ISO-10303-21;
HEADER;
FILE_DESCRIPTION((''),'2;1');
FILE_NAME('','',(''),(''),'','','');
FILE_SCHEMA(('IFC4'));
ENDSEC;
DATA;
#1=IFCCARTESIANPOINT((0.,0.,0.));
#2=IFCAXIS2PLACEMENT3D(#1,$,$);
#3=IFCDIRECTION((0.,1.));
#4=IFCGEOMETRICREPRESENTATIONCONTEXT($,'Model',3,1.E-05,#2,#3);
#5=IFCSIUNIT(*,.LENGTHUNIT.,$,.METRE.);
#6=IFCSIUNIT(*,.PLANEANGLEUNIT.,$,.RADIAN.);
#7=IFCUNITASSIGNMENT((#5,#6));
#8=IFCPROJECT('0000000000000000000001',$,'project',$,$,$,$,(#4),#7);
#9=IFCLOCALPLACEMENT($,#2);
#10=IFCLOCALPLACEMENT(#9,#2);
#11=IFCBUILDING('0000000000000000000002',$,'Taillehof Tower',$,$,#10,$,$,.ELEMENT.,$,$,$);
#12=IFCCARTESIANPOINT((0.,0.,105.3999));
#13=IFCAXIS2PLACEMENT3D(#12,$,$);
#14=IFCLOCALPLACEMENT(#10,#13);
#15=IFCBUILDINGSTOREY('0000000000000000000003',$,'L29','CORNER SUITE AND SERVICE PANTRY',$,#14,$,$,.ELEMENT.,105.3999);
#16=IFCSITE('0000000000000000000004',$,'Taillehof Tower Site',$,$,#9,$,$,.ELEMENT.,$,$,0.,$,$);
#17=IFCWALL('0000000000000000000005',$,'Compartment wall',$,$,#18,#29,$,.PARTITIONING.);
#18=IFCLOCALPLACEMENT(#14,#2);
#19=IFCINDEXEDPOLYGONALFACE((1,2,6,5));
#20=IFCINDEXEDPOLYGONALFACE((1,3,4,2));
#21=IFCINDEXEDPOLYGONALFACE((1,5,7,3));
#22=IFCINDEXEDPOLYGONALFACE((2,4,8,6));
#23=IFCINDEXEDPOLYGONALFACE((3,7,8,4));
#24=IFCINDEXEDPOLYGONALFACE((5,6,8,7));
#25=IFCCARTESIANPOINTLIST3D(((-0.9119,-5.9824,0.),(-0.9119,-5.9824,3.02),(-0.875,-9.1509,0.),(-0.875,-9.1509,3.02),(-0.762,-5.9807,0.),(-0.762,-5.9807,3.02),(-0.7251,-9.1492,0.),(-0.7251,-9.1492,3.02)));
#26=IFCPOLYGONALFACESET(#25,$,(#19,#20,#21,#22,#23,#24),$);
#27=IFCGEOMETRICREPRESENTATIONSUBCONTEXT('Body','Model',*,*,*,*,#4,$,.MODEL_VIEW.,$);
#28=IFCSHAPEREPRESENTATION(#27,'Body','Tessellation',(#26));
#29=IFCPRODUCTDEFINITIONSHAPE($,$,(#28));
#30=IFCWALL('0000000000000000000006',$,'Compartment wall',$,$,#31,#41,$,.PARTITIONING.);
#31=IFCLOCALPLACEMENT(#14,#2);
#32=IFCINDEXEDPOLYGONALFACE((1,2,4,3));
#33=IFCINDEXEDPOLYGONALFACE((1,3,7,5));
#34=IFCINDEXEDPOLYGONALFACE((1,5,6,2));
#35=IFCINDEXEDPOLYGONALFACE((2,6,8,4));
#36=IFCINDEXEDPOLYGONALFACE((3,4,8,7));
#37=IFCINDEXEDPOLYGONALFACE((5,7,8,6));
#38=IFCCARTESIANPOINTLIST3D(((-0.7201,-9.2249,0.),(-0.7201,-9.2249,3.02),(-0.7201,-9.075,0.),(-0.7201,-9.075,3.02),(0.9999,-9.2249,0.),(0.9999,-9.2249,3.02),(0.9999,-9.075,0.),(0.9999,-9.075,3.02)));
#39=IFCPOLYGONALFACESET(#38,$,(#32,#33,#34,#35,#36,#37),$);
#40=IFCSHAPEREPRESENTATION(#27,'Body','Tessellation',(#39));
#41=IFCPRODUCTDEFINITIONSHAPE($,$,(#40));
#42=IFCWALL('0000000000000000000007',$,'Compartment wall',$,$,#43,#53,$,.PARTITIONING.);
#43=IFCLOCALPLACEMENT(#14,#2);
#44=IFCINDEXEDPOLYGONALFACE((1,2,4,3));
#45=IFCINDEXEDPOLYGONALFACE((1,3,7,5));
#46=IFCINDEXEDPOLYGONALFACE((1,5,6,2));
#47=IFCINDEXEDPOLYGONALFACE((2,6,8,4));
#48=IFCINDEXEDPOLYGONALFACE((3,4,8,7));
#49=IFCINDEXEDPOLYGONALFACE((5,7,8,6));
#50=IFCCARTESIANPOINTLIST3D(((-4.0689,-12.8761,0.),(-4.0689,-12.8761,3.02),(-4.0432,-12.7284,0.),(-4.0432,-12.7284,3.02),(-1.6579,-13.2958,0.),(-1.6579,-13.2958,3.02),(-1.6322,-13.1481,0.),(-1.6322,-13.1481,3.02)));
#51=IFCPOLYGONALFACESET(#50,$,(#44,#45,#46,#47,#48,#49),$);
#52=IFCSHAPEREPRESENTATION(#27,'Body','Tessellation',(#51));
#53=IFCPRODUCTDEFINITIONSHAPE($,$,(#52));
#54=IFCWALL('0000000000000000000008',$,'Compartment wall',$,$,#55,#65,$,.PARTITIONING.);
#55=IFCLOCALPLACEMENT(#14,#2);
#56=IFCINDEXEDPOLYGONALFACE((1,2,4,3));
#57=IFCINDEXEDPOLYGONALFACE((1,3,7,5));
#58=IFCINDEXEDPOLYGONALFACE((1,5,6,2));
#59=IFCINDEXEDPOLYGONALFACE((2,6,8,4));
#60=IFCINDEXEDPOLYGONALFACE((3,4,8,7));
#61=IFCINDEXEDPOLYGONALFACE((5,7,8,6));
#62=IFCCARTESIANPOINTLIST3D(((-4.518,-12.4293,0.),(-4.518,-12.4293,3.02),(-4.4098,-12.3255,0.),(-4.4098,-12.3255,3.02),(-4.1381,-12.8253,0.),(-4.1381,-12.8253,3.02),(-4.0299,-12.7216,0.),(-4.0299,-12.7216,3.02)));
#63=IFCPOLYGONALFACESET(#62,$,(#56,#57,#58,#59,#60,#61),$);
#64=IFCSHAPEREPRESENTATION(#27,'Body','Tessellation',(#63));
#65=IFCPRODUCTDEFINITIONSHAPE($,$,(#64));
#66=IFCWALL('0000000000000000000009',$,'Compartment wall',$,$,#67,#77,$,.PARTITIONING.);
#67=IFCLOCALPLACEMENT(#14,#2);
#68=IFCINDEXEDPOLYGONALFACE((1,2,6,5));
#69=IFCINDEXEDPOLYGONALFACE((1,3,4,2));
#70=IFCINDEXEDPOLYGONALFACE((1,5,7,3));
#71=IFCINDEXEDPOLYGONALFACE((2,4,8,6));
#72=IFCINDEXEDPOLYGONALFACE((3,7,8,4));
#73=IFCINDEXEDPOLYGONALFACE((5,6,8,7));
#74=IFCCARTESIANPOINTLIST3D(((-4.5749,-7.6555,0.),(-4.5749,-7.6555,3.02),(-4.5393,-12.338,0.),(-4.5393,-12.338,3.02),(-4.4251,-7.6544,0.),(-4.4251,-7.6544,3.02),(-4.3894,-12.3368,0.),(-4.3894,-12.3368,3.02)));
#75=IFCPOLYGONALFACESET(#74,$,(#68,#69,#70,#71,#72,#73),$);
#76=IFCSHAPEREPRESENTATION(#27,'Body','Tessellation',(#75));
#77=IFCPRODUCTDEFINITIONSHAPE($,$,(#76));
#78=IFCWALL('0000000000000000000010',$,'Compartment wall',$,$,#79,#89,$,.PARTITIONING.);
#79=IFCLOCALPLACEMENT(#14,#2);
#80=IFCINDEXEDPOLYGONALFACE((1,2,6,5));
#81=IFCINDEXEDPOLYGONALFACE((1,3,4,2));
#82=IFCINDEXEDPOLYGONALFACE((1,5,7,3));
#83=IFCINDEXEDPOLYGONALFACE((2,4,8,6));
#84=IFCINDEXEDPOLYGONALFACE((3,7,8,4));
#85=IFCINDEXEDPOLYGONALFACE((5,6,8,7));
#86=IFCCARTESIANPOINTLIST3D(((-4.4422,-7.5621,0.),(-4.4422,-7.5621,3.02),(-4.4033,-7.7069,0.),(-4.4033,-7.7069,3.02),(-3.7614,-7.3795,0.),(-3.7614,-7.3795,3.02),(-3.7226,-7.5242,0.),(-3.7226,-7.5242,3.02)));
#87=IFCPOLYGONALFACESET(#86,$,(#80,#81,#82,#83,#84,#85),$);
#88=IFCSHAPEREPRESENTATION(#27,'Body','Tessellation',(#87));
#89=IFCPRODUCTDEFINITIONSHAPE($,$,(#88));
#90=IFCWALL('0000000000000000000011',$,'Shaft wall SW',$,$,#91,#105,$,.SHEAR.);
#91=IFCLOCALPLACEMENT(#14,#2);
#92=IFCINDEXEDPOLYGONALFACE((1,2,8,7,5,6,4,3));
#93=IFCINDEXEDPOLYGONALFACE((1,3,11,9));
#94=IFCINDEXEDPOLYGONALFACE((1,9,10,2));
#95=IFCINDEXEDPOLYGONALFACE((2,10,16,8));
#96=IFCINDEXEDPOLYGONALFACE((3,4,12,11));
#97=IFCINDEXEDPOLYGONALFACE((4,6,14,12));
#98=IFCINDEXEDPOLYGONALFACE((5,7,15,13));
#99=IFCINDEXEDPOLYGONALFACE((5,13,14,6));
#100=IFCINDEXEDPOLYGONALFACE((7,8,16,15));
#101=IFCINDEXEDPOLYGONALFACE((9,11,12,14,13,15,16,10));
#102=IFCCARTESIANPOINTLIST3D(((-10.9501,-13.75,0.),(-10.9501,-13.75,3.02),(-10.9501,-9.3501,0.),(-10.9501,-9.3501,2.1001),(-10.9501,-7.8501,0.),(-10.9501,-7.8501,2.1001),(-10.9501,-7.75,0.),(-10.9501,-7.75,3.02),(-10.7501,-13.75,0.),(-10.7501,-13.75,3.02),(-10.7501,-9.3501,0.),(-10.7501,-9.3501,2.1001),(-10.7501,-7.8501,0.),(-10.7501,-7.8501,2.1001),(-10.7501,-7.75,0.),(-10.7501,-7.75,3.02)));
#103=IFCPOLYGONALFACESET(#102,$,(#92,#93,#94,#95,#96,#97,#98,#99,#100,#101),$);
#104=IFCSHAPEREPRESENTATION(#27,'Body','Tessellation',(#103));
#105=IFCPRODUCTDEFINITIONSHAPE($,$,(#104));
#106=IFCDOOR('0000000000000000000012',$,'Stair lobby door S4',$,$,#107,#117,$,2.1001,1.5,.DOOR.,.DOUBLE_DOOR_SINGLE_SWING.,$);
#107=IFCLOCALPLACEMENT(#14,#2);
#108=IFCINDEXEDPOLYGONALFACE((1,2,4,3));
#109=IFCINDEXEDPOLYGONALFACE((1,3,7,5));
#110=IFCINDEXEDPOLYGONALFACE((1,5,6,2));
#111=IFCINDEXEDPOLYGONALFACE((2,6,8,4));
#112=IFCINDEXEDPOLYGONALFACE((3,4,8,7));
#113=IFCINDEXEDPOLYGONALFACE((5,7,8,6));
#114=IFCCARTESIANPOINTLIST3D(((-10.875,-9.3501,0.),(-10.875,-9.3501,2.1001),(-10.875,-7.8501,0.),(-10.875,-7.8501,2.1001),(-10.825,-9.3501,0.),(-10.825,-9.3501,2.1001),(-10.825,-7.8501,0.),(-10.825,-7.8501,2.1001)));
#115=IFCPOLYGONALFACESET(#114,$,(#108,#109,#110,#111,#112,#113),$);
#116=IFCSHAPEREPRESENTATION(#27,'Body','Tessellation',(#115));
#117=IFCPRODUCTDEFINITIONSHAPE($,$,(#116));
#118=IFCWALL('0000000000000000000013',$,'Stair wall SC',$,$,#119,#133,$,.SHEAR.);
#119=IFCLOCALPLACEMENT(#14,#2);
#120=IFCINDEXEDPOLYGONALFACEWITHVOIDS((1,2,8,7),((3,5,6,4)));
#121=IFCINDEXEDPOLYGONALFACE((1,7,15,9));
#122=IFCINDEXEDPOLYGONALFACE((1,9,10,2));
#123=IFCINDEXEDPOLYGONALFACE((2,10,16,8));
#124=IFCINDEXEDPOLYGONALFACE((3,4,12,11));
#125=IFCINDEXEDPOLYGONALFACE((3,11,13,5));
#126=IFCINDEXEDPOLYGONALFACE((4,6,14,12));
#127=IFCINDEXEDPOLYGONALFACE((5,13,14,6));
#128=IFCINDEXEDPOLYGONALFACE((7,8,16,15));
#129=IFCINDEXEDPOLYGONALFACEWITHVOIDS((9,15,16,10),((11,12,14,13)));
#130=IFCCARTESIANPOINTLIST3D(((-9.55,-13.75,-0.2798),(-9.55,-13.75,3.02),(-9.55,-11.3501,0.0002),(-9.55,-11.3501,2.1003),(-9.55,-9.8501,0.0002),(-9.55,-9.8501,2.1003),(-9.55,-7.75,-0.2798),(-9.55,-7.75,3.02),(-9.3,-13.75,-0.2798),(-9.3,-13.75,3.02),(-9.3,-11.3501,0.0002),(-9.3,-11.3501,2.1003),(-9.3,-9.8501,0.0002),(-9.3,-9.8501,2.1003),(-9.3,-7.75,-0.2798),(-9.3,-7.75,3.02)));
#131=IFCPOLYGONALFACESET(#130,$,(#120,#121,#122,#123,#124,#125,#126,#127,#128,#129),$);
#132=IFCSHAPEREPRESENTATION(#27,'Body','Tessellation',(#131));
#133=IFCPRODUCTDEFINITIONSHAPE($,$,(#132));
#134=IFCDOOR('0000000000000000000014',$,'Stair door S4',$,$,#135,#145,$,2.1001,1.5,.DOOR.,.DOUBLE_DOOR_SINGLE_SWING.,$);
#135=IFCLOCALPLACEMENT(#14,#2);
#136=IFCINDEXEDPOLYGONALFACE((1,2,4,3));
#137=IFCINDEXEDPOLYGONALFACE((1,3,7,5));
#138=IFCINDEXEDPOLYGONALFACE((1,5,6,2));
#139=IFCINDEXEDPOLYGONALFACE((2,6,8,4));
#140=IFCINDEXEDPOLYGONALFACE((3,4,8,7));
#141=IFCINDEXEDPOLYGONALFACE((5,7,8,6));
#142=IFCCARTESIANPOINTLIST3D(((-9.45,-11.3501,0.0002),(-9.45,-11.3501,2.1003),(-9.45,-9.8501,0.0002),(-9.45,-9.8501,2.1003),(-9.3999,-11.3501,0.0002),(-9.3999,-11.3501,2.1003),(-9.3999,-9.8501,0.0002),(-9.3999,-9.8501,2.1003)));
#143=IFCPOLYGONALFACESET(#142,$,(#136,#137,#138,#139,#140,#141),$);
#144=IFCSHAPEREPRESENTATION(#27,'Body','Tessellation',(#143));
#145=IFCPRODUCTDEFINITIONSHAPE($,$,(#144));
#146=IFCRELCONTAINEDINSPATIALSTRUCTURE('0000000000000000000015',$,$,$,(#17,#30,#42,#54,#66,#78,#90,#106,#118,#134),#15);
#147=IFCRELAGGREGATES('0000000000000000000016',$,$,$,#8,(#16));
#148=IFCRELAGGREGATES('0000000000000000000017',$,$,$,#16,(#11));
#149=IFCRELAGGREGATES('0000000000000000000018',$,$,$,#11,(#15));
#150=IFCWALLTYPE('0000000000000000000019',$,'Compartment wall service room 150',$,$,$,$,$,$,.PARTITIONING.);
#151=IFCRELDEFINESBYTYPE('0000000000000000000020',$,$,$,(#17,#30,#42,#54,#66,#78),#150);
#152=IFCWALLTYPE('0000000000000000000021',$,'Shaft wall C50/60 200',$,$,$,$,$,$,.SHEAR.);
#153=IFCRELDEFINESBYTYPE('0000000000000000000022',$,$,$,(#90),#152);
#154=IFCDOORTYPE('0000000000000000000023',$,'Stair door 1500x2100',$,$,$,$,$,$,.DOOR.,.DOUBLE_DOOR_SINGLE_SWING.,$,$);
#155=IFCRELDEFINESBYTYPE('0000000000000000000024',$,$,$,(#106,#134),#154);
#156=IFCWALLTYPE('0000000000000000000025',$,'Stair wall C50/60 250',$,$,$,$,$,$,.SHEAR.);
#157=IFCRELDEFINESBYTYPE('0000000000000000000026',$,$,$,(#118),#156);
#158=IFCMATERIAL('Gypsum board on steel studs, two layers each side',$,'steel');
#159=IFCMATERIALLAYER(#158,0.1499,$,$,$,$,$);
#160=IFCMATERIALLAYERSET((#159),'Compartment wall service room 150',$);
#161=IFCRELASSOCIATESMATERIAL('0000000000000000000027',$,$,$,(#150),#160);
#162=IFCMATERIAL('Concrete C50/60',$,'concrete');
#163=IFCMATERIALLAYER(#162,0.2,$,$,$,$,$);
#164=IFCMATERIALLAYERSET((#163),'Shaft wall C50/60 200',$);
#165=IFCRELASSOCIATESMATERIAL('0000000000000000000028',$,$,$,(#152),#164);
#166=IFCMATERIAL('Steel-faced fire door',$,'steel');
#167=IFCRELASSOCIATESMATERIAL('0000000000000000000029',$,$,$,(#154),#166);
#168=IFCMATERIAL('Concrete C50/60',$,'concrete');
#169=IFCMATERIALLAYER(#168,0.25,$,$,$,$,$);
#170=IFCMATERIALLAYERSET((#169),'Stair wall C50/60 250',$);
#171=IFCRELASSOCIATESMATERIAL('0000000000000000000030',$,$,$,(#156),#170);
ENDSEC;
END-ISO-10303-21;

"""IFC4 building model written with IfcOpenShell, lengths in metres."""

from ifc_helpers import new_model, si_unit, direction, frame, frame_2d, origin, place, context, subcontext, project, spatial, rectangle, extrude, material, layer, layer_set, type_object, element, fill, save


model = new_model("IFC4")

# Units and contexts
model_context = context("Model", 3, precision=1e-05, world=origin(), true_north=direction((0.0, 1.0)))
body_context = subcontext(model_context, "Body", "Model", "MODEL_VIEW")
ifc_project = project(units=[si_unit("LENGTHUNIT", "METRE"), si_unit("PLANEANGLEUNIT", "RADIAN")], contexts=[model_context])

# Site, building, storey
site_placement = place(None, origin())
site = spatial("IfcSite", under=ifc_project, at=site_placement, Name="Taillehof Tower Site", CompositionType="ELEMENT", RefElevation=0.0)
building_placement = place(site_placement, origin())
building = spatial("IfcBuilding", under=site, at=building_placement, Name="Taillehof Tower", CompositionType="ELEMENT")
storey_placement = place(building_placement, frame((0.0, 0.0, 105.3999)))
storey = spatial("IfcBuildingStorey", under=building, at=storey_placement, Name="L29", Description="CORNER SUITE AND SERVICE PANTRY", CompositionType="ELEMENT", Elevation=105.3999)

# Shared definitions
ifc_material_1 = material(Name="Gypsum board on steel studs, two layers each side", Category="steel")
ifc_layer_1 = layer(ifc_material_1, 0.1499)
ifc_layer_set_1 = layer_set([ifc_layer_1], Name="Compartment wall service room 150")
wall_type_1 = type_object("IfcWallType", Name="Compartment wall service room 150", PredefinedType="PARTITIONING", material=ifc_layer_set_1)

# Walls
wall_1_placement = place(storey_placement, frame((-0.8369, -5.9814, 0.0), z_axis=(0.0, 0.0, 1.0), x_axis=(0.011634, -0.999932, 0.0)))
element("IfcWall", 1, at=wall_1_placement, inside=storey, type_object=wall_type_1, Name="Compartment wall", PredefinedType="PARTITIONING", context=body_context, shape_type="SweptSolid", body=[
    extrude(rectangle(XDim=3.1687, YDim=0.1499, at=frame_2d((1.5845, 0.0))), origin(), (0.0, 0.0, 1.0), 3.02),
])
wall_2_placement = place(storey_placement, frame((-0.72, -9.1499, 0.0), z_axis=(0.0, 0.0, 1.0), x_axis=(1.0, 0.0, 0.0)))
element("IfcWall", 2, at=wall_2_placement, inside=storey, type_object=wall_type_1, Name="Compartment wall", PredefinedType="PARTITIONING", context=body_context, shape_type="SweptSolid", body=[
    extrude(rectangle(XDim=1.72, YDim=0.1499, at=frame_2d((0.8599, 0.0))), origin(), (0.0, 0.0, 1.0), 3.02),
])
wall_3_placement = place(storey_placement, frame((-1.645, -13.2219, 0.0), z_axis=(0.0, 0.0, 1.0), x_axis=(-0.985188, 0.17148, 0.0)))
element("IfcWall", 3, at=wall_3_placement, inside=storey, type_object=wall_type_1, Name="Compartment wall", PredefinedType="PARTITIONING", context=body_context, shape_type="SweptSolid", body=[
    extrude(rectangle(XDim=2.4473, YDim=0.1499, at=frame_2d((1.2236, 0.0))), origin(), (0.0, 0.0, 1.0), 3.02),
])
wall_4_placement = place(storey_placement, frame((-4.084, -12.7734, 0.0), z_axis=(0.0, 0.0, 1.0), x_axis=(-0.692272, 0.721636, 0.0)))
element("IfcWall", 4, at=wall_4_placement, inside=storey, type_object=wall_type_1, Name="Compartment wall", PredefinedType="PARTITIONING", context=body_context, shape_type="SweptSolid", body=[
    extrude(rectangle(XDim=0.5488, YDim=0.1499, at=frame_2d((0.2744, 0.0))), origin(), (0.0, 0.0, 1.0), 3.02),
])
wall_5_placement = place(storey_placement, frame((-4.4644, -12.3374, 0.0), z_axis=(0.0, 0.0, 1.0), x_axis=(-0.007612, 0.999971, 0.0)))
element("IfcWall", 5, at=wall_5_placement, inside=storey, type_object=wall_type_1, Name="Compartment wall", PredefinedType="PARTITIONING", context=body_context, shape_type="SweptSolid", body=[
    extrude(rectangle(XDim=4.6826, YDim=0.1499, at=frame_2d((2.3413, 0.0))), origin(), (0.0, 0.0, 1.0), 3.02),
])
wall_6_placement = place(storey_placement, frame((-4.4229, -7.6345, 0.0), z_axis=(0.0, 0.0, 1.0), x_axis=(0.965843, 0.259129, 0.0)))
element("IfcWall", 6, at=wall_6_placement, inside=storey, type_object=wall_type_1, Name="Compartment wall", PredefinedType="PARTITIONING", context=body_context, shape_type="SweptSolid", body=[
    extrude(rectangle(XDim=0.7048, YDim=0.1499, at=frame_2d((0.3525, 0.0))), origin(), (0.0, 0.0, 1.0), 3.02),
])

# Walls, openings, doors
ifc_material_2 = material(Name="Concrete C50/60", Category="concrete")
ifc_layer_2 = layer(ifc_material_2, 0.2)
ifc_layer_set_2 = layer_set([ifc_layer_2], Name="Shaft wall C50/60 200")
wall_type_2 = type_object("IfcWallType", Name="Shaft wall C50/60 200", PredefinedType="SHEAR", material=ifc_layer_set_2)
wall_7_placement = place(storey_placement, frame((-10.8501, -13.75, 0.0), z_axis=(0.0, 0.0, 1.0), x_axis=(0.0, 1.0, 0.0)))
wall_7 = element("IfcWall", 7, at=wall_7_placement, inside=storey, type_object=wall_type_2, Name="Shaft wall SW", PredefinedType="SHEAR", context=body_context, shape_type="SweptSolid", body=[
    extrude(rectangle(XDim=6.0, YDim=0.2, at=frame_2d((3.0, 0.0))), origin(), (0.0, 0.0, 1.0), 3.02),
])
opening_1_placement = place(wall_7_placement, frame((4.3999, 0.0, 0.0)))
opening_1 = element("IfcOpeningElement", 8, at=opening_1_placement, cuts=wall_7, PredefinedType="OPENING", context=body_context, shape_type="SweptSolid", body=[
    extrude(rectangle(XDim=1.5, YDim=2.1001, at=frame_2d((0.75, 1.05))), frame((0.0, 0.1099, 0.0), z_axis=(0.0, -1.0, 0.0), x_axis=(1.0, 0.0, 0.0)), (0.0, 0.0, 1.0), 0.22),
])
ifc_material_3 = material(Name="Steel-faced fire door", Category="steel")
door_type_1 = type_object("IfcDoorType", Name="Stair door 1500x2100", OperationType="DOUBLE_DOOR_SINGLE_SWING", PredefinedType="DOOR", material=ifc_material_3)
door_1_placement = place(opening_1_placement, origin())
door_1 = element("IfcDoor", 9, at=door_1_placement, inside=storey, type_object=door_type_1, Name="Stair lobby door S4", OperationType="DOUBLE_DOOR_SINGLE_SWING", OverallHeight=2.1001, OverallWidth=1.5, PredefinedType="DOOR", context=body_context, shape_type="SweptSolid", body=[
    extrude(rectangle(XDim=1.5, YDim=2.1001, at=frame_2d((0.75, 1.05))), frame((0.0, 0.0249, 0.0), z_axis=(0.0, -1.0, 0.0), x_axis=(1.0, 0.0, 0.0)), (0.0, 0.0, 1.0), 0.05),
])
fill(opening_1, door_1)
ifc_material_4 = material(Name="Concrete C50/60", Category="concrete")
ifc_layer_3 = layer(ifc_material_4, 0.25)
ifc_layer_set_3 = layer_set([ifc_layer_3], Name="Stair wall C50/60 250")
wall_type_3 = type_object("IfcWallType", Name="Stair wall C50/60 250", PredefinedType="SHEAR", material=ifc_layer_set_3)
wall_8_placement = place(storey_placement, frame((-9.425, -13.75, -0.2798), z_axis=(0.0, 0.0, 1.0), x_axis=(0.0, 1.0, 0.0)))
wall_8 = element("IfcWall", 10, at=wall_8_placement, inside=storey, type_object=wall_type_3, Name="Stair wall SC", PredefinedType="SHEAR", context=body_context, shape_type="SweptSolid", body=[
    extrude(rectangle(XDim=6.0, YDim=0.25, at=frame_2d((3.0, 0.0))), origin(), (0.0, 0.0, 1.0), 3.2998),
])
opening_2_placement = place(wall_8_placement, frame((2.3999, 0.0, 0.28)))
opening_2 = element("IfcOpeningElement", 11, at=opening_2_placement, cuts=wall_8, PredefinedType="OPENING", context=body_context, shape_type="SweptSolid", body=[
    extrude(rectangle(XDim=1.5, YDim=2.1001, at=frame_2d((0.75, 1.05))), frame((0.0, 0.135, 0.0), z_axis=(0.0, -1.0, 0.0), x_axis=(1.0, 0.0, 0.0)), (0.0, 0.0, 1.0), 0.27),
])
door_2_placement = place(opening_2_placement, origin())
door_2 = element("IfcDoor", 12, at=door_2_placement, inside=storey, type_object=door_type_1, Name="Stair door S4", OperationType="DOUBLE_DOOR_SINGLE_SWING", OverallHeight=2.1001, OverallWidth=1.5, PredefinedType="DOOR", context=body_context, shape_type="SweptSolid", body=[
    extrude(rectangle(XDim=1.5, YDim=2.1001, at=frame_2d((0.75, 1.05))), frame((0.0, 0.0249, 0.0), z_axis=(0.0, -1.0, 0.0), x_axis=(1.0, 0.0, 0.0)), (0.0, 0.0, 1.0), 0.05),
])
fill(opening_2, door_2)

save(model, "model.ifc")
